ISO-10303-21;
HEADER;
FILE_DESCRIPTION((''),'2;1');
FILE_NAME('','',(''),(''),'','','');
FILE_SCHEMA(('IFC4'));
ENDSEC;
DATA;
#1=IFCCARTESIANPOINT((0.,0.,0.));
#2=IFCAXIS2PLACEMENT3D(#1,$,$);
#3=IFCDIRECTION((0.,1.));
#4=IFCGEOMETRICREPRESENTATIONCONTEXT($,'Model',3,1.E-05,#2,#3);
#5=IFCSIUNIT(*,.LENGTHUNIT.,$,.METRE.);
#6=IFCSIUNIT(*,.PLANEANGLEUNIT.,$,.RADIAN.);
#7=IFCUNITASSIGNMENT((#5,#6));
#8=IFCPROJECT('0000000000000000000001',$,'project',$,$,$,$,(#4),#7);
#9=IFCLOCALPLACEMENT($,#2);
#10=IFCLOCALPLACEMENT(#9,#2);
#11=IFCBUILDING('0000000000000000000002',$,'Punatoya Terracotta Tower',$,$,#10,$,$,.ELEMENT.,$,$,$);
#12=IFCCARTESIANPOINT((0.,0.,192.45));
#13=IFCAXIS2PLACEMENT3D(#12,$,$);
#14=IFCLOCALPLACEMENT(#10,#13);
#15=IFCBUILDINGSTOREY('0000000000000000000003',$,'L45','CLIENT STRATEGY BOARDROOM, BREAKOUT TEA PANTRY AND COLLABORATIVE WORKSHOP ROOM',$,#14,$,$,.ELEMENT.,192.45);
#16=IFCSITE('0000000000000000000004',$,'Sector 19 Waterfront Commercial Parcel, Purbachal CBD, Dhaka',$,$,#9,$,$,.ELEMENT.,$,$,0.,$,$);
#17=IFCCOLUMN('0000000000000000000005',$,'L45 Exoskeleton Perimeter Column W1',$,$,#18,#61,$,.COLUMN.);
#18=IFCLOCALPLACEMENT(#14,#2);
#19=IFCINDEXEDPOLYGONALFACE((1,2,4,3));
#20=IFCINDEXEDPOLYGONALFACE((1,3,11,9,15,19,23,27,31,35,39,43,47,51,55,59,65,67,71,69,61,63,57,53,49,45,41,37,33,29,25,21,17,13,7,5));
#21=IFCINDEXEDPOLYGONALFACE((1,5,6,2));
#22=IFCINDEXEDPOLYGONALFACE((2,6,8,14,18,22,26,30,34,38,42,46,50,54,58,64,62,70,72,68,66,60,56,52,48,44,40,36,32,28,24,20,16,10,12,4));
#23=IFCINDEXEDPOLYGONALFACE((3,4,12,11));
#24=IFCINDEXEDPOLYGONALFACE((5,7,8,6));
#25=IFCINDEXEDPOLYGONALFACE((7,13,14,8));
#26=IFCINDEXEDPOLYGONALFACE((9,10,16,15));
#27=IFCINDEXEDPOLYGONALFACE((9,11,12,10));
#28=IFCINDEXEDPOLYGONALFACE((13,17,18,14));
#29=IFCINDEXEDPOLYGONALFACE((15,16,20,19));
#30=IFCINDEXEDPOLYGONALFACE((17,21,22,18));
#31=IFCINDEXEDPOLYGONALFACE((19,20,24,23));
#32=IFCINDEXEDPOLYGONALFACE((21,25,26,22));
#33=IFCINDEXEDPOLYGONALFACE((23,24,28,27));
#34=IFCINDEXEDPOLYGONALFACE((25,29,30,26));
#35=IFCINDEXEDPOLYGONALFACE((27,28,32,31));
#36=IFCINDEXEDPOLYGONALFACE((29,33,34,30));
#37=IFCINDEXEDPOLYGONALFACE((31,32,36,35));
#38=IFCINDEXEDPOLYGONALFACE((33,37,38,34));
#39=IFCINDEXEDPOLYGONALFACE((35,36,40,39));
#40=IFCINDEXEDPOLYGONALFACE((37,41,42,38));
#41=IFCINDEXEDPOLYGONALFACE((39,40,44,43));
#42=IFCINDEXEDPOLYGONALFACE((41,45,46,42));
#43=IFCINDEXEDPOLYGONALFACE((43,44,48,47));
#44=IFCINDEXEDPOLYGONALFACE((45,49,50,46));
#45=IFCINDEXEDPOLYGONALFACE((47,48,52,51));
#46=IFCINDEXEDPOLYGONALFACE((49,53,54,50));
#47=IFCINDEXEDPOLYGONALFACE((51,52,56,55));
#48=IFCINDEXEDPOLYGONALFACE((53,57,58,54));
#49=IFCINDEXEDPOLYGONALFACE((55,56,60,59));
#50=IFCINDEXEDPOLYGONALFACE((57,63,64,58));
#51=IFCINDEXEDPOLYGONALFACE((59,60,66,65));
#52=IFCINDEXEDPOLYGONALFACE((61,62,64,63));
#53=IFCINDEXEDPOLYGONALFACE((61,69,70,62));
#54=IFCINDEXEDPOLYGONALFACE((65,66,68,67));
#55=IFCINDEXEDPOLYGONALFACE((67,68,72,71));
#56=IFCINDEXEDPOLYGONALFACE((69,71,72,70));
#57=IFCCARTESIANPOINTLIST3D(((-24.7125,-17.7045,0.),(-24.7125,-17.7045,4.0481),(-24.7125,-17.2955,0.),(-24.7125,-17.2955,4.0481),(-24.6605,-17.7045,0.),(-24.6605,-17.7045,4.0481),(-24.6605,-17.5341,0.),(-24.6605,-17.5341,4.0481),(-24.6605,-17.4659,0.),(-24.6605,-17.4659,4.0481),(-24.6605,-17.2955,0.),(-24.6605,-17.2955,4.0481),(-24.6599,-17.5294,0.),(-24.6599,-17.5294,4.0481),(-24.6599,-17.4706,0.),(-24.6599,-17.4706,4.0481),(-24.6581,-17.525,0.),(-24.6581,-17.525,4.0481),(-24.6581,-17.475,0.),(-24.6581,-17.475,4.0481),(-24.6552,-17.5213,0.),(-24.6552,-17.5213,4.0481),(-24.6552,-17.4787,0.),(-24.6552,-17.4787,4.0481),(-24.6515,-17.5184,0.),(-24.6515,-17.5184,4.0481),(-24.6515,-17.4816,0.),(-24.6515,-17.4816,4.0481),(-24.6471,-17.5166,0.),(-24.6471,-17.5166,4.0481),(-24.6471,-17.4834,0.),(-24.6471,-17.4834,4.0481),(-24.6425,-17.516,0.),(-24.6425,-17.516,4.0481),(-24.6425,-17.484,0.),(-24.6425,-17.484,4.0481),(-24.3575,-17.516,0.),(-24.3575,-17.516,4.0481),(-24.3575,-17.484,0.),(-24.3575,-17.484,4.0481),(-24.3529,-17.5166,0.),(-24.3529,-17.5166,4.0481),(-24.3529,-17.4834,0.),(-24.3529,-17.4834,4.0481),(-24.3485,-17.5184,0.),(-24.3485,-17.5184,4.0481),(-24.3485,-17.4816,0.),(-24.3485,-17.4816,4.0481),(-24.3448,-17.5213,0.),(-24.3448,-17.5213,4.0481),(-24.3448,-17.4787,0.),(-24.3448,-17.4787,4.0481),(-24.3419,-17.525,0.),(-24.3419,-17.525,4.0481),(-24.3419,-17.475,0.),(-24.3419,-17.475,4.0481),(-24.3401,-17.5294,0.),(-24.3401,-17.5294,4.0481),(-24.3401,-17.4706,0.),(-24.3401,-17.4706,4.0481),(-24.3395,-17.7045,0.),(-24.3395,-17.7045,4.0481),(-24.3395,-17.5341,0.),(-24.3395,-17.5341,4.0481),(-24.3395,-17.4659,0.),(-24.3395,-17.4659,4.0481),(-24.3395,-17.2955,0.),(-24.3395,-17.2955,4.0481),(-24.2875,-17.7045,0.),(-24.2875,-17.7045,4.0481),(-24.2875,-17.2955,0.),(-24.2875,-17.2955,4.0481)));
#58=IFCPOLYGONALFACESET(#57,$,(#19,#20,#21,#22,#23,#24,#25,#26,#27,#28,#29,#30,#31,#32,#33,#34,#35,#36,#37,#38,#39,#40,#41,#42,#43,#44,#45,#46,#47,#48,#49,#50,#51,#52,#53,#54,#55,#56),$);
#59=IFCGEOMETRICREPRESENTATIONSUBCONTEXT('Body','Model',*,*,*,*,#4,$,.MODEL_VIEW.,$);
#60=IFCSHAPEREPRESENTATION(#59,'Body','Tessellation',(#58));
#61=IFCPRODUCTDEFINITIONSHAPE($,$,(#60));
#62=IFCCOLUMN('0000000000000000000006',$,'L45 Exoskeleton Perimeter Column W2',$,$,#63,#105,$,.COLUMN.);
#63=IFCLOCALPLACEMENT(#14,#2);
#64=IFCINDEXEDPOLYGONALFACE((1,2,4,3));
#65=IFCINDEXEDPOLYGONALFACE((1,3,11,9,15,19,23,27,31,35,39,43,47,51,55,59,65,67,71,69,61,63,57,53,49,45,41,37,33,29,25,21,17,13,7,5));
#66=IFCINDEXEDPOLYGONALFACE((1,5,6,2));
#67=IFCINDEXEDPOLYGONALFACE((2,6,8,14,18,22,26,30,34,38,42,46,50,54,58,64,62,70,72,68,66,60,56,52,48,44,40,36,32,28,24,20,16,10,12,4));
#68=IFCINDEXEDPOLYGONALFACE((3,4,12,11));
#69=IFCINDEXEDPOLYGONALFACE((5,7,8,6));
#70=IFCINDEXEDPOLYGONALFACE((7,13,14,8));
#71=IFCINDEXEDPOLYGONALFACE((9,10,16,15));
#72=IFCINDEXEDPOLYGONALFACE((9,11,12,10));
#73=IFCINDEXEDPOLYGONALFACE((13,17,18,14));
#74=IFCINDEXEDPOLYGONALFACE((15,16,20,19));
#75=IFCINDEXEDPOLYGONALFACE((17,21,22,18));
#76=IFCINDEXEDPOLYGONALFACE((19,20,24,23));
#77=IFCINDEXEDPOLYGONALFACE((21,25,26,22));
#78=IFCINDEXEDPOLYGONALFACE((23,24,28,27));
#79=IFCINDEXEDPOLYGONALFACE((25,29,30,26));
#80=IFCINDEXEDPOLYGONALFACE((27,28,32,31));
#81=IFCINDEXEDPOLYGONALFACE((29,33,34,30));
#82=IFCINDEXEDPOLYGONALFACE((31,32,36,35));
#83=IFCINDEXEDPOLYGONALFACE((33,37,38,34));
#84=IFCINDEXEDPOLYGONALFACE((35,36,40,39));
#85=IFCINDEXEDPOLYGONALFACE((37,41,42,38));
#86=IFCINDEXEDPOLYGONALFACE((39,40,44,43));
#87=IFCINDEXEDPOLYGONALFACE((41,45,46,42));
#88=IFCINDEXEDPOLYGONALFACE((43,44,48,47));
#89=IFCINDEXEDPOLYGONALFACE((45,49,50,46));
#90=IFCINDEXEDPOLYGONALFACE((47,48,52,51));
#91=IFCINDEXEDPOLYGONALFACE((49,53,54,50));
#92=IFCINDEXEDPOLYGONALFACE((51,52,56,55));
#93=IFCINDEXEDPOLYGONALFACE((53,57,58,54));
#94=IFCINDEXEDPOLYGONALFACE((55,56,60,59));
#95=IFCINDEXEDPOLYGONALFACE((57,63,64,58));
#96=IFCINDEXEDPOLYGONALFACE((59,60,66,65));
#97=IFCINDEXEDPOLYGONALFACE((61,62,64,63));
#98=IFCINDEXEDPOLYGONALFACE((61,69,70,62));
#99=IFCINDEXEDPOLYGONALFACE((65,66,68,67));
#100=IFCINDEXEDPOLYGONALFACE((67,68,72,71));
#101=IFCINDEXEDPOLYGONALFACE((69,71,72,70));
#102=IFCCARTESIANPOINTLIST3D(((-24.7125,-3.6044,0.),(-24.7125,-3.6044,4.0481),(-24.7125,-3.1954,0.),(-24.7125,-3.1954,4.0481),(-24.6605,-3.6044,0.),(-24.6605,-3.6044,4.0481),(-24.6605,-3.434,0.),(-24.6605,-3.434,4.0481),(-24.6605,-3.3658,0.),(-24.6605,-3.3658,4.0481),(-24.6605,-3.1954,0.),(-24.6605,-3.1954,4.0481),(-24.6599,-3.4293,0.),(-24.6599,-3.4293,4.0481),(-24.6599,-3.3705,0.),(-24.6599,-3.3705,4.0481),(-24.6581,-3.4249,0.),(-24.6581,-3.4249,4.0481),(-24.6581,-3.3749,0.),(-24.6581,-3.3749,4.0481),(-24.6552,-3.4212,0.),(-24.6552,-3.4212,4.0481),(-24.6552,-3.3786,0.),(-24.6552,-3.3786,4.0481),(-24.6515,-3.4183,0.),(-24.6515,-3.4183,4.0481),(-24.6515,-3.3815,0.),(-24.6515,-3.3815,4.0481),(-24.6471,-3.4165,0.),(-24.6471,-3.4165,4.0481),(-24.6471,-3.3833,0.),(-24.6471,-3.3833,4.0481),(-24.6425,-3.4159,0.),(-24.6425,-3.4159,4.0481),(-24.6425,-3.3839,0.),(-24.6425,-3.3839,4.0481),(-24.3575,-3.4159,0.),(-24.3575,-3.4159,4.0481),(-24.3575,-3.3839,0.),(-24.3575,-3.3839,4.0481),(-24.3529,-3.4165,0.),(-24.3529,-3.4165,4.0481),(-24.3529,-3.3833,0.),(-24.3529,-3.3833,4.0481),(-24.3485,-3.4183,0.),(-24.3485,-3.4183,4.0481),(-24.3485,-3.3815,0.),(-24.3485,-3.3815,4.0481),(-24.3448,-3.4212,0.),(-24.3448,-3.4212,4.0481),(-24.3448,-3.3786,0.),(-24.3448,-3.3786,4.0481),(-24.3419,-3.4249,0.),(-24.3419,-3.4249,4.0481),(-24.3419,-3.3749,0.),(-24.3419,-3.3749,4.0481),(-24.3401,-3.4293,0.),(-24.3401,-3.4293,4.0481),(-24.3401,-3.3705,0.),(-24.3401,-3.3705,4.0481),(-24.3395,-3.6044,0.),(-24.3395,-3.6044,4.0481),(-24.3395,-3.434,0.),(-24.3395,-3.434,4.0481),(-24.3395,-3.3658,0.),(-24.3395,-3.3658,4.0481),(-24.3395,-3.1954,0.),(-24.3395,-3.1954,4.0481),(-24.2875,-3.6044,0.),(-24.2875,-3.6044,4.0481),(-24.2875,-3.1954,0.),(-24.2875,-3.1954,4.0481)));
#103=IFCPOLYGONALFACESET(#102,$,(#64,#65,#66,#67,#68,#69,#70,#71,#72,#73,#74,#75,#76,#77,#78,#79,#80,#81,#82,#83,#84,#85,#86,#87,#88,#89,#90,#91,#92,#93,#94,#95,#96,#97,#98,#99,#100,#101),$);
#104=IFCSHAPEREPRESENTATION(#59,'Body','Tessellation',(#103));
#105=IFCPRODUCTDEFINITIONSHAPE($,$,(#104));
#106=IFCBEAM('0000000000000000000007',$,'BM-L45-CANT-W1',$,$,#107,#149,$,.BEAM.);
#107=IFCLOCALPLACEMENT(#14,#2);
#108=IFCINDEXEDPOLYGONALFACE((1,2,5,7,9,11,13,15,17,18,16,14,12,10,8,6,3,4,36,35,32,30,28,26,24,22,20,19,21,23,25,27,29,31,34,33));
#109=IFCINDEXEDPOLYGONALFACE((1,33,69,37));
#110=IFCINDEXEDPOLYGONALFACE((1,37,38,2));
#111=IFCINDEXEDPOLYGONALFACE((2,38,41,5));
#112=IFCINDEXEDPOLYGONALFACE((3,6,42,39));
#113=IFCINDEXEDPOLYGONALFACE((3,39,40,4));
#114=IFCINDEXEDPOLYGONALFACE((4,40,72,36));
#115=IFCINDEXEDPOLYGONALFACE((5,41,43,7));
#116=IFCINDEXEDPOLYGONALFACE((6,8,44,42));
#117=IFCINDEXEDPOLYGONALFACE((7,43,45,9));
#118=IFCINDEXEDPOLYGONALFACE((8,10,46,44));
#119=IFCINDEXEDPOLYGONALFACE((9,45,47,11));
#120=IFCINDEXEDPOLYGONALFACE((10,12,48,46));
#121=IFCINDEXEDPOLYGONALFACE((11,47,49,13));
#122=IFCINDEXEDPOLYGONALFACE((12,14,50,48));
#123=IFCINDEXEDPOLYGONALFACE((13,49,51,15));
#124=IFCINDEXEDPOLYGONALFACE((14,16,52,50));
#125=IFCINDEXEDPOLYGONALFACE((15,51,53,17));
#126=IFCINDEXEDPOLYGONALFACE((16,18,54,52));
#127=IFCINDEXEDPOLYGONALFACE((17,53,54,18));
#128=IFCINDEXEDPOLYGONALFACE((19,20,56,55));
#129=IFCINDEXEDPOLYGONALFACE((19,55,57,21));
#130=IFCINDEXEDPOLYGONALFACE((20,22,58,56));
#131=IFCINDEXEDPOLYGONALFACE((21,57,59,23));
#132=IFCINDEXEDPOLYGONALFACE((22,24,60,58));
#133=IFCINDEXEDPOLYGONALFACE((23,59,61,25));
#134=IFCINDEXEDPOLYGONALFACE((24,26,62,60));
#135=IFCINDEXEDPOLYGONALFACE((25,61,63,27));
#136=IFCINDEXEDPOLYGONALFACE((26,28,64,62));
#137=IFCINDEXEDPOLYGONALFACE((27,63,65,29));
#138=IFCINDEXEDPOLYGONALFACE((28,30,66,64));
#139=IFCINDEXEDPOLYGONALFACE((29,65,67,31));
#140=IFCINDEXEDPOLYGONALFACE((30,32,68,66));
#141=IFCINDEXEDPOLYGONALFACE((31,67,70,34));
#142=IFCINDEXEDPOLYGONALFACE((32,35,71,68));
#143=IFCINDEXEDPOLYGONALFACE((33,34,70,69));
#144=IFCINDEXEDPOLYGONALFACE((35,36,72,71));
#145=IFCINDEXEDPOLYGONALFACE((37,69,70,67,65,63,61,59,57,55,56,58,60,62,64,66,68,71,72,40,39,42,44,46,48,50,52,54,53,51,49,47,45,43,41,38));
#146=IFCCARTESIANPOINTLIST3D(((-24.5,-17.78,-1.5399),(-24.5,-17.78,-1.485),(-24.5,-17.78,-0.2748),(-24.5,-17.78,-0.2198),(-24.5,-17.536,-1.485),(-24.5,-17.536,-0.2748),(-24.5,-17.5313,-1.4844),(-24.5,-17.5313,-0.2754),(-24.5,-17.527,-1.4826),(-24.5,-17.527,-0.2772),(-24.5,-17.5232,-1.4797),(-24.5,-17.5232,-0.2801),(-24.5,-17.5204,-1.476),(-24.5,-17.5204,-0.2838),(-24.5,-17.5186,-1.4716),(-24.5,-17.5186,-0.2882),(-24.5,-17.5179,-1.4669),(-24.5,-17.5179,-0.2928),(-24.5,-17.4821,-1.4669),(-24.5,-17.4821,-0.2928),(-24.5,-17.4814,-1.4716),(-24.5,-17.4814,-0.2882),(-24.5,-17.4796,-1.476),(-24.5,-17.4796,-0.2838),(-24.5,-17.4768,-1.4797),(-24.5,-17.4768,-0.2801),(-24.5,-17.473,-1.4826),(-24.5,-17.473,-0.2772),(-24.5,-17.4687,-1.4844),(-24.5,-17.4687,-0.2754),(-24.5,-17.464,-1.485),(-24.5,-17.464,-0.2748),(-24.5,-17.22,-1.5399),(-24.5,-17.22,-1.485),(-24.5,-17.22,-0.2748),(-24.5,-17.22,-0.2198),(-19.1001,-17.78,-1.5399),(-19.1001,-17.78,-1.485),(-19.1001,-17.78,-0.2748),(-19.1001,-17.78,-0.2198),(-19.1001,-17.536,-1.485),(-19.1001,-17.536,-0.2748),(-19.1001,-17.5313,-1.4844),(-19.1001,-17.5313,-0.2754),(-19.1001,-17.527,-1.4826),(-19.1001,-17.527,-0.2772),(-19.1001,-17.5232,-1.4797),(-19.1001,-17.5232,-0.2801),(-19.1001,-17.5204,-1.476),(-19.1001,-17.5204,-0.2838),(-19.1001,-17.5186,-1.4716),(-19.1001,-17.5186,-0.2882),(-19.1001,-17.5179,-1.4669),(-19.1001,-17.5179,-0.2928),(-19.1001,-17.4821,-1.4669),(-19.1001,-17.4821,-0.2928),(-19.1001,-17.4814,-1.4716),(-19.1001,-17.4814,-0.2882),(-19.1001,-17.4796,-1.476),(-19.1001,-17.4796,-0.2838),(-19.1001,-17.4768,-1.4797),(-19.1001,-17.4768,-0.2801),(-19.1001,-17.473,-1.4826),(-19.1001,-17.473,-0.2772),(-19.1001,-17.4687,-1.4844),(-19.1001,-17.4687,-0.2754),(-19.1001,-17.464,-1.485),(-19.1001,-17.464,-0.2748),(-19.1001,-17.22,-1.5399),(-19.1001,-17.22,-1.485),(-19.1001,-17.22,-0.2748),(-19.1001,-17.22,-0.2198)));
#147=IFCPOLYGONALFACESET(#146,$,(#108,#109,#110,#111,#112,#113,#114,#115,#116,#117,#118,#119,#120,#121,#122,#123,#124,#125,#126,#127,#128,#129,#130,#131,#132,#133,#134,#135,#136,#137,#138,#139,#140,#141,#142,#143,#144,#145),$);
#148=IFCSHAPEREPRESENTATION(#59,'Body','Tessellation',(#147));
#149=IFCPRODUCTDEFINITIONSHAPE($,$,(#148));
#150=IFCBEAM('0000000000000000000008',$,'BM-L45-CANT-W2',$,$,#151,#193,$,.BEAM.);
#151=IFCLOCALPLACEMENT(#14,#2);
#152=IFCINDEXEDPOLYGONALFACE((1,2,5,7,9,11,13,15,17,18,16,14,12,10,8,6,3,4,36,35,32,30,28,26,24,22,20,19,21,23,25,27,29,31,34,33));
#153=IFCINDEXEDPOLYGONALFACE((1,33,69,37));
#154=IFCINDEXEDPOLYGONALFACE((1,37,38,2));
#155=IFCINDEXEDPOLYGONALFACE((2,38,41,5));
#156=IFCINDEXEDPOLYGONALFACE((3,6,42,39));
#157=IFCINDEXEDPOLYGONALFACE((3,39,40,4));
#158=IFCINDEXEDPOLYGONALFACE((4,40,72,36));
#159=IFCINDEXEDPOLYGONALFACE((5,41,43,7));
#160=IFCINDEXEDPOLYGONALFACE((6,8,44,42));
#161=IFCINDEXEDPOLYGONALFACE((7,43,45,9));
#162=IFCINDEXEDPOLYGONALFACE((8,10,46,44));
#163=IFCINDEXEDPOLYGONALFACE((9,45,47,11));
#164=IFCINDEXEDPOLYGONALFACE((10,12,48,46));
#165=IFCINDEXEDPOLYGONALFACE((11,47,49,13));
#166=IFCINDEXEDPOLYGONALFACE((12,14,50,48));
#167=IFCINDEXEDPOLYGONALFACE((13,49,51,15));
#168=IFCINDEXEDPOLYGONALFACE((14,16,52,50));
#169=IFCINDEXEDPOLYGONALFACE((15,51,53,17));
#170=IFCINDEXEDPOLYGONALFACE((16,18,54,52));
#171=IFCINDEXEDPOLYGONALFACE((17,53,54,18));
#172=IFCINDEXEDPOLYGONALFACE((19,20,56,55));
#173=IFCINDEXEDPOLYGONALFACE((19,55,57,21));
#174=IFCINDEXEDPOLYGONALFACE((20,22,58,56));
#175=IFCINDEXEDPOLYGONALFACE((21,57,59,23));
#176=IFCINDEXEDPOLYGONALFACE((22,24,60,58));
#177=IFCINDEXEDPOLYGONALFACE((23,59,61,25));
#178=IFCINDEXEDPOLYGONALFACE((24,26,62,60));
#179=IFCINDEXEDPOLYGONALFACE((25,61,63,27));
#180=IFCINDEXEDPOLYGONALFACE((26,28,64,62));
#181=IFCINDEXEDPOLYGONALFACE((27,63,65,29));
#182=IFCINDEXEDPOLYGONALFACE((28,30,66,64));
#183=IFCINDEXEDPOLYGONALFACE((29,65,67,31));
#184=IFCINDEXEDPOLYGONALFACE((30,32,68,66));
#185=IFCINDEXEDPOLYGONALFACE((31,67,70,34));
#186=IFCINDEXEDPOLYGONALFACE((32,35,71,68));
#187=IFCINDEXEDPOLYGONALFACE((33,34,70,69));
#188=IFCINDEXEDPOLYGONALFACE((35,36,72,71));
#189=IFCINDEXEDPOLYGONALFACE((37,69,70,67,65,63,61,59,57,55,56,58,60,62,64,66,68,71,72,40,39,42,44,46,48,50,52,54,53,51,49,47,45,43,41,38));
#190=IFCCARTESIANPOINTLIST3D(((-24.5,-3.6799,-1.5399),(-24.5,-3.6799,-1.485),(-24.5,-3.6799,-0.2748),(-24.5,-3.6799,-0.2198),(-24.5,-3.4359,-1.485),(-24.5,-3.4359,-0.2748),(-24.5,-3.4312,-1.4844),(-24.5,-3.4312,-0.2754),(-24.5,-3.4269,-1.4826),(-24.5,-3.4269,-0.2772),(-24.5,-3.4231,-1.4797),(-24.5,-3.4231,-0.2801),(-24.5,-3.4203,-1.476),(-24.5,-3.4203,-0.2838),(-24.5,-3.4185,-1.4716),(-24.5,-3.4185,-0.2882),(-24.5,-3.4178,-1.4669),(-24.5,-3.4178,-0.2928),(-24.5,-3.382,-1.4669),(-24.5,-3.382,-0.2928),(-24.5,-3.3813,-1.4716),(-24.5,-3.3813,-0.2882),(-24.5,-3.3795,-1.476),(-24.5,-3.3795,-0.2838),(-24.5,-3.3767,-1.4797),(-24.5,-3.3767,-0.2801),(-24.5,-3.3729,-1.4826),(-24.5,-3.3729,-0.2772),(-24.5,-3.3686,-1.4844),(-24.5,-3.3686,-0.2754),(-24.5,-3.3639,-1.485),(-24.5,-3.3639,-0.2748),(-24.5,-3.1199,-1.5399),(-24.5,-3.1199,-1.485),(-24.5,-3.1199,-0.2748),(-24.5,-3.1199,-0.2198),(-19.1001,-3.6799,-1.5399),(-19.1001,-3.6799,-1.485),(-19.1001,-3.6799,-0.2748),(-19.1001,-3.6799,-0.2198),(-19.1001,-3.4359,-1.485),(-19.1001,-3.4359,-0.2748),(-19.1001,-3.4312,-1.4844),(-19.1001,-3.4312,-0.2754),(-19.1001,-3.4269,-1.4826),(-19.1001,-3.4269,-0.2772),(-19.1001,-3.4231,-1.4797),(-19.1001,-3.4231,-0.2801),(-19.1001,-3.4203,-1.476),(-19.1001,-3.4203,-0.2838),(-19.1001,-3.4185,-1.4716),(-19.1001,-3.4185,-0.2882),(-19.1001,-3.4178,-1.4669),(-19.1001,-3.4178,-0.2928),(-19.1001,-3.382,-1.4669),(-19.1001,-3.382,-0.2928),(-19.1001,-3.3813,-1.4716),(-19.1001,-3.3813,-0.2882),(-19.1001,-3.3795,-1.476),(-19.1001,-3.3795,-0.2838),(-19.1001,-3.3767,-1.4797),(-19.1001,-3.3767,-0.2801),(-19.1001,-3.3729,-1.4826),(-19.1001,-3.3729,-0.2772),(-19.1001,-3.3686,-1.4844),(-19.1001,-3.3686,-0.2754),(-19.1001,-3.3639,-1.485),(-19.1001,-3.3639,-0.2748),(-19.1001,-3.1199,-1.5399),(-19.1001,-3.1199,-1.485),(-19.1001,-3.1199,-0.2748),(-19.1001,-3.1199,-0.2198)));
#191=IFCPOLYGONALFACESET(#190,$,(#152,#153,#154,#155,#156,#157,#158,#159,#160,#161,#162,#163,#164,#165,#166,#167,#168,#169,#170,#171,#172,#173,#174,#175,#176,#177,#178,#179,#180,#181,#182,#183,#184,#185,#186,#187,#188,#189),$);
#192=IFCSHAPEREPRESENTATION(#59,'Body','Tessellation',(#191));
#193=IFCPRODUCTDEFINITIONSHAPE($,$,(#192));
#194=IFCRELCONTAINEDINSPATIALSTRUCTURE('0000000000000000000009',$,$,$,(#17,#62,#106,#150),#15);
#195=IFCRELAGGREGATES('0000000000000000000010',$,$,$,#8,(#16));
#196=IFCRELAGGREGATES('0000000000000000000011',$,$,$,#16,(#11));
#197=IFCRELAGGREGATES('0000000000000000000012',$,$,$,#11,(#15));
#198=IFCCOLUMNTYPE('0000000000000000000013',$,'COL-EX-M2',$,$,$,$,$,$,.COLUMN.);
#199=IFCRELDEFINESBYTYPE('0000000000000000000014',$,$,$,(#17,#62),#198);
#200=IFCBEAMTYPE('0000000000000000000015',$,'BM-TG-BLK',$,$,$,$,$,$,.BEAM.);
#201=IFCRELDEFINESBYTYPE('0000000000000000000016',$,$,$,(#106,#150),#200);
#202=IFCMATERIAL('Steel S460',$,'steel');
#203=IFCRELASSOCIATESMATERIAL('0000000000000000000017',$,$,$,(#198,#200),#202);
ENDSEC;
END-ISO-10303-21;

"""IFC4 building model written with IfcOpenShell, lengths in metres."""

from ifc_helpers import new_model, si_unit, direction, frame, origin, origin_2d, place, context, subcontext, project, spatial, i_section, extrude, material, material_profile, profile_set, type_object, element, save


model = new_model("IFC4")

# Units and contexts
model_context = context("Model", 3, precision=1e-05, world=origin(), true_north=direction((0.0, 1.0)))
body_context = subcontext(model_context, "Body", "Model", "MODEL_VIEW")
ifc_project = project(units=[si_unit("LENGTHUNIT", "METRE"), si_unit("PLANEANGLEUNIT", "RADIAN")], contexts=[model_context])

# Site, building, storey
site_placement = place(None, origin())
site = spatial("IfcSite", under=ifc_project, at=site_placement, Name="Sector 19 Waterfront Commercial Parcel, Purbachal CBD, Dhaka", CompositionType="ELEMENT", RefElevation=0.0)
building_placement = place(site_placement, origin())
building = spatial("IfcBuilding", under=site, at=building_placement, Name="Punatoya Terracotta Tower", CompositionType="ELEMENT")
storey_placement = place(building_placement, frame((0.0, 0.0, 192.45)))
storey = spatial("IfcBuildingStorey", under=building, at=storey_placement, Name="L45", Description="CLIENT STRATEGY BOARDROOM, BREAKOUT TEA PANTRY AND COLLABORATIVE WORKSHOP ROOM", CompositionType="ELEMENT", Elevation=192.45)

# Columns
ifc_material_1 = material(Name="Steel S460", Category="steel")
ifc_material_profile_1 = material_profile(ifc_material_1, i_section(OverallWidth=0.4089, OverallDepth=0.425, WebThickness=0.032, FlangeThickness=0.052, FilletRadius=0.0181, at=origin_2d()))
ifc_profile_set_1 = profile_set([ifc_material_profile_1], Name="Steel S460")
column_type = type_object("IfcColumnType", Name="COL-EX-M2", PredefinedType="COLUMN", material=ifc_profile_set_1)
for number, where, z_axis, x_axis, name in (
    (1, (-24.5, -17.5, 0.0), (0.0, 0.0, 1.0), (0.0, 1.0, 0.0), "L45 Exoskeleton Perimeter Column W1"),
    (2, (-24.5, -3.3999, 0.0), (0.0, 0.0, 1.0), (0.0, 1.0, 0.0), "L45 Exoskeleton Perimeter Column W2"),
):
    element("IfcColumn", number, at=place(storey_placement, frame(where, z_axis=z_axis, x_axis=x_axis)), inside=storey, type_object=column_type, Name=name, PredefinedType="COLUMN", context=body_context, shape_type="SweptSolid", body=[
        extrude(i_section(OverallWidth=0.4089, OverallDepth=0.425, WebThickness=0.032, FlangeThickness=0.052, FilletRadius=0.0181, at=origin_2d()), origin(), (0.0, 0.0, 1.0), 4.0481),
    ])

# Beams
ifc_material_profile_2 = material_profile(ifc_material_1, i_section(OverallWidth=0.5601, OverallDepth=1.3201, WebThickness=0.0359, FlangeThickness=0.0549, FilletRadius=0.0181, at=origin_2d()))
ifc_profile_set_2 = profile_set([ifc_material_profile_2], Name="Steel S460")
beam_type_1 = type_object("IfcBeamType", Name="BM-TG-BLK", PredefinedType="BEAM", material=ifc_profile_set_2)
for number, where, z_axis, x_axis, name in (
    (3, (-24.5, -17.5, -0.8799), (1.0, 0.0, 0.0), (0.0, 1.0, 0.0), "BM-L45-CANT-W1"),
    (4, (-24.5, -3.3999, -0.8799), (1.0, 0.0, 0.0), (0.0, 1.0, 0.0), "BM-L45-CANT-W2"),
):
    element("IfcBeam", number, at=place(storey_placement, frame(where, z_axis=z_axis, x_axis=x_axis)), inside=storey, type_object=beam_type_1, Name=name, PredefinedType="BEAM", context=body_context, shape_type="SweptSolid", body=[
        extrude(i_section(OverallWidth=0.5601, OverallDepth=1.3201, WebThickness=0.0359, FlangeThickness=0.0549, FilletRadius=0.0181, at=origin_2d()), origin(), (0.0, 0.0, 1.0), 5.3999),
    ])

save(model, "model.ifc")
